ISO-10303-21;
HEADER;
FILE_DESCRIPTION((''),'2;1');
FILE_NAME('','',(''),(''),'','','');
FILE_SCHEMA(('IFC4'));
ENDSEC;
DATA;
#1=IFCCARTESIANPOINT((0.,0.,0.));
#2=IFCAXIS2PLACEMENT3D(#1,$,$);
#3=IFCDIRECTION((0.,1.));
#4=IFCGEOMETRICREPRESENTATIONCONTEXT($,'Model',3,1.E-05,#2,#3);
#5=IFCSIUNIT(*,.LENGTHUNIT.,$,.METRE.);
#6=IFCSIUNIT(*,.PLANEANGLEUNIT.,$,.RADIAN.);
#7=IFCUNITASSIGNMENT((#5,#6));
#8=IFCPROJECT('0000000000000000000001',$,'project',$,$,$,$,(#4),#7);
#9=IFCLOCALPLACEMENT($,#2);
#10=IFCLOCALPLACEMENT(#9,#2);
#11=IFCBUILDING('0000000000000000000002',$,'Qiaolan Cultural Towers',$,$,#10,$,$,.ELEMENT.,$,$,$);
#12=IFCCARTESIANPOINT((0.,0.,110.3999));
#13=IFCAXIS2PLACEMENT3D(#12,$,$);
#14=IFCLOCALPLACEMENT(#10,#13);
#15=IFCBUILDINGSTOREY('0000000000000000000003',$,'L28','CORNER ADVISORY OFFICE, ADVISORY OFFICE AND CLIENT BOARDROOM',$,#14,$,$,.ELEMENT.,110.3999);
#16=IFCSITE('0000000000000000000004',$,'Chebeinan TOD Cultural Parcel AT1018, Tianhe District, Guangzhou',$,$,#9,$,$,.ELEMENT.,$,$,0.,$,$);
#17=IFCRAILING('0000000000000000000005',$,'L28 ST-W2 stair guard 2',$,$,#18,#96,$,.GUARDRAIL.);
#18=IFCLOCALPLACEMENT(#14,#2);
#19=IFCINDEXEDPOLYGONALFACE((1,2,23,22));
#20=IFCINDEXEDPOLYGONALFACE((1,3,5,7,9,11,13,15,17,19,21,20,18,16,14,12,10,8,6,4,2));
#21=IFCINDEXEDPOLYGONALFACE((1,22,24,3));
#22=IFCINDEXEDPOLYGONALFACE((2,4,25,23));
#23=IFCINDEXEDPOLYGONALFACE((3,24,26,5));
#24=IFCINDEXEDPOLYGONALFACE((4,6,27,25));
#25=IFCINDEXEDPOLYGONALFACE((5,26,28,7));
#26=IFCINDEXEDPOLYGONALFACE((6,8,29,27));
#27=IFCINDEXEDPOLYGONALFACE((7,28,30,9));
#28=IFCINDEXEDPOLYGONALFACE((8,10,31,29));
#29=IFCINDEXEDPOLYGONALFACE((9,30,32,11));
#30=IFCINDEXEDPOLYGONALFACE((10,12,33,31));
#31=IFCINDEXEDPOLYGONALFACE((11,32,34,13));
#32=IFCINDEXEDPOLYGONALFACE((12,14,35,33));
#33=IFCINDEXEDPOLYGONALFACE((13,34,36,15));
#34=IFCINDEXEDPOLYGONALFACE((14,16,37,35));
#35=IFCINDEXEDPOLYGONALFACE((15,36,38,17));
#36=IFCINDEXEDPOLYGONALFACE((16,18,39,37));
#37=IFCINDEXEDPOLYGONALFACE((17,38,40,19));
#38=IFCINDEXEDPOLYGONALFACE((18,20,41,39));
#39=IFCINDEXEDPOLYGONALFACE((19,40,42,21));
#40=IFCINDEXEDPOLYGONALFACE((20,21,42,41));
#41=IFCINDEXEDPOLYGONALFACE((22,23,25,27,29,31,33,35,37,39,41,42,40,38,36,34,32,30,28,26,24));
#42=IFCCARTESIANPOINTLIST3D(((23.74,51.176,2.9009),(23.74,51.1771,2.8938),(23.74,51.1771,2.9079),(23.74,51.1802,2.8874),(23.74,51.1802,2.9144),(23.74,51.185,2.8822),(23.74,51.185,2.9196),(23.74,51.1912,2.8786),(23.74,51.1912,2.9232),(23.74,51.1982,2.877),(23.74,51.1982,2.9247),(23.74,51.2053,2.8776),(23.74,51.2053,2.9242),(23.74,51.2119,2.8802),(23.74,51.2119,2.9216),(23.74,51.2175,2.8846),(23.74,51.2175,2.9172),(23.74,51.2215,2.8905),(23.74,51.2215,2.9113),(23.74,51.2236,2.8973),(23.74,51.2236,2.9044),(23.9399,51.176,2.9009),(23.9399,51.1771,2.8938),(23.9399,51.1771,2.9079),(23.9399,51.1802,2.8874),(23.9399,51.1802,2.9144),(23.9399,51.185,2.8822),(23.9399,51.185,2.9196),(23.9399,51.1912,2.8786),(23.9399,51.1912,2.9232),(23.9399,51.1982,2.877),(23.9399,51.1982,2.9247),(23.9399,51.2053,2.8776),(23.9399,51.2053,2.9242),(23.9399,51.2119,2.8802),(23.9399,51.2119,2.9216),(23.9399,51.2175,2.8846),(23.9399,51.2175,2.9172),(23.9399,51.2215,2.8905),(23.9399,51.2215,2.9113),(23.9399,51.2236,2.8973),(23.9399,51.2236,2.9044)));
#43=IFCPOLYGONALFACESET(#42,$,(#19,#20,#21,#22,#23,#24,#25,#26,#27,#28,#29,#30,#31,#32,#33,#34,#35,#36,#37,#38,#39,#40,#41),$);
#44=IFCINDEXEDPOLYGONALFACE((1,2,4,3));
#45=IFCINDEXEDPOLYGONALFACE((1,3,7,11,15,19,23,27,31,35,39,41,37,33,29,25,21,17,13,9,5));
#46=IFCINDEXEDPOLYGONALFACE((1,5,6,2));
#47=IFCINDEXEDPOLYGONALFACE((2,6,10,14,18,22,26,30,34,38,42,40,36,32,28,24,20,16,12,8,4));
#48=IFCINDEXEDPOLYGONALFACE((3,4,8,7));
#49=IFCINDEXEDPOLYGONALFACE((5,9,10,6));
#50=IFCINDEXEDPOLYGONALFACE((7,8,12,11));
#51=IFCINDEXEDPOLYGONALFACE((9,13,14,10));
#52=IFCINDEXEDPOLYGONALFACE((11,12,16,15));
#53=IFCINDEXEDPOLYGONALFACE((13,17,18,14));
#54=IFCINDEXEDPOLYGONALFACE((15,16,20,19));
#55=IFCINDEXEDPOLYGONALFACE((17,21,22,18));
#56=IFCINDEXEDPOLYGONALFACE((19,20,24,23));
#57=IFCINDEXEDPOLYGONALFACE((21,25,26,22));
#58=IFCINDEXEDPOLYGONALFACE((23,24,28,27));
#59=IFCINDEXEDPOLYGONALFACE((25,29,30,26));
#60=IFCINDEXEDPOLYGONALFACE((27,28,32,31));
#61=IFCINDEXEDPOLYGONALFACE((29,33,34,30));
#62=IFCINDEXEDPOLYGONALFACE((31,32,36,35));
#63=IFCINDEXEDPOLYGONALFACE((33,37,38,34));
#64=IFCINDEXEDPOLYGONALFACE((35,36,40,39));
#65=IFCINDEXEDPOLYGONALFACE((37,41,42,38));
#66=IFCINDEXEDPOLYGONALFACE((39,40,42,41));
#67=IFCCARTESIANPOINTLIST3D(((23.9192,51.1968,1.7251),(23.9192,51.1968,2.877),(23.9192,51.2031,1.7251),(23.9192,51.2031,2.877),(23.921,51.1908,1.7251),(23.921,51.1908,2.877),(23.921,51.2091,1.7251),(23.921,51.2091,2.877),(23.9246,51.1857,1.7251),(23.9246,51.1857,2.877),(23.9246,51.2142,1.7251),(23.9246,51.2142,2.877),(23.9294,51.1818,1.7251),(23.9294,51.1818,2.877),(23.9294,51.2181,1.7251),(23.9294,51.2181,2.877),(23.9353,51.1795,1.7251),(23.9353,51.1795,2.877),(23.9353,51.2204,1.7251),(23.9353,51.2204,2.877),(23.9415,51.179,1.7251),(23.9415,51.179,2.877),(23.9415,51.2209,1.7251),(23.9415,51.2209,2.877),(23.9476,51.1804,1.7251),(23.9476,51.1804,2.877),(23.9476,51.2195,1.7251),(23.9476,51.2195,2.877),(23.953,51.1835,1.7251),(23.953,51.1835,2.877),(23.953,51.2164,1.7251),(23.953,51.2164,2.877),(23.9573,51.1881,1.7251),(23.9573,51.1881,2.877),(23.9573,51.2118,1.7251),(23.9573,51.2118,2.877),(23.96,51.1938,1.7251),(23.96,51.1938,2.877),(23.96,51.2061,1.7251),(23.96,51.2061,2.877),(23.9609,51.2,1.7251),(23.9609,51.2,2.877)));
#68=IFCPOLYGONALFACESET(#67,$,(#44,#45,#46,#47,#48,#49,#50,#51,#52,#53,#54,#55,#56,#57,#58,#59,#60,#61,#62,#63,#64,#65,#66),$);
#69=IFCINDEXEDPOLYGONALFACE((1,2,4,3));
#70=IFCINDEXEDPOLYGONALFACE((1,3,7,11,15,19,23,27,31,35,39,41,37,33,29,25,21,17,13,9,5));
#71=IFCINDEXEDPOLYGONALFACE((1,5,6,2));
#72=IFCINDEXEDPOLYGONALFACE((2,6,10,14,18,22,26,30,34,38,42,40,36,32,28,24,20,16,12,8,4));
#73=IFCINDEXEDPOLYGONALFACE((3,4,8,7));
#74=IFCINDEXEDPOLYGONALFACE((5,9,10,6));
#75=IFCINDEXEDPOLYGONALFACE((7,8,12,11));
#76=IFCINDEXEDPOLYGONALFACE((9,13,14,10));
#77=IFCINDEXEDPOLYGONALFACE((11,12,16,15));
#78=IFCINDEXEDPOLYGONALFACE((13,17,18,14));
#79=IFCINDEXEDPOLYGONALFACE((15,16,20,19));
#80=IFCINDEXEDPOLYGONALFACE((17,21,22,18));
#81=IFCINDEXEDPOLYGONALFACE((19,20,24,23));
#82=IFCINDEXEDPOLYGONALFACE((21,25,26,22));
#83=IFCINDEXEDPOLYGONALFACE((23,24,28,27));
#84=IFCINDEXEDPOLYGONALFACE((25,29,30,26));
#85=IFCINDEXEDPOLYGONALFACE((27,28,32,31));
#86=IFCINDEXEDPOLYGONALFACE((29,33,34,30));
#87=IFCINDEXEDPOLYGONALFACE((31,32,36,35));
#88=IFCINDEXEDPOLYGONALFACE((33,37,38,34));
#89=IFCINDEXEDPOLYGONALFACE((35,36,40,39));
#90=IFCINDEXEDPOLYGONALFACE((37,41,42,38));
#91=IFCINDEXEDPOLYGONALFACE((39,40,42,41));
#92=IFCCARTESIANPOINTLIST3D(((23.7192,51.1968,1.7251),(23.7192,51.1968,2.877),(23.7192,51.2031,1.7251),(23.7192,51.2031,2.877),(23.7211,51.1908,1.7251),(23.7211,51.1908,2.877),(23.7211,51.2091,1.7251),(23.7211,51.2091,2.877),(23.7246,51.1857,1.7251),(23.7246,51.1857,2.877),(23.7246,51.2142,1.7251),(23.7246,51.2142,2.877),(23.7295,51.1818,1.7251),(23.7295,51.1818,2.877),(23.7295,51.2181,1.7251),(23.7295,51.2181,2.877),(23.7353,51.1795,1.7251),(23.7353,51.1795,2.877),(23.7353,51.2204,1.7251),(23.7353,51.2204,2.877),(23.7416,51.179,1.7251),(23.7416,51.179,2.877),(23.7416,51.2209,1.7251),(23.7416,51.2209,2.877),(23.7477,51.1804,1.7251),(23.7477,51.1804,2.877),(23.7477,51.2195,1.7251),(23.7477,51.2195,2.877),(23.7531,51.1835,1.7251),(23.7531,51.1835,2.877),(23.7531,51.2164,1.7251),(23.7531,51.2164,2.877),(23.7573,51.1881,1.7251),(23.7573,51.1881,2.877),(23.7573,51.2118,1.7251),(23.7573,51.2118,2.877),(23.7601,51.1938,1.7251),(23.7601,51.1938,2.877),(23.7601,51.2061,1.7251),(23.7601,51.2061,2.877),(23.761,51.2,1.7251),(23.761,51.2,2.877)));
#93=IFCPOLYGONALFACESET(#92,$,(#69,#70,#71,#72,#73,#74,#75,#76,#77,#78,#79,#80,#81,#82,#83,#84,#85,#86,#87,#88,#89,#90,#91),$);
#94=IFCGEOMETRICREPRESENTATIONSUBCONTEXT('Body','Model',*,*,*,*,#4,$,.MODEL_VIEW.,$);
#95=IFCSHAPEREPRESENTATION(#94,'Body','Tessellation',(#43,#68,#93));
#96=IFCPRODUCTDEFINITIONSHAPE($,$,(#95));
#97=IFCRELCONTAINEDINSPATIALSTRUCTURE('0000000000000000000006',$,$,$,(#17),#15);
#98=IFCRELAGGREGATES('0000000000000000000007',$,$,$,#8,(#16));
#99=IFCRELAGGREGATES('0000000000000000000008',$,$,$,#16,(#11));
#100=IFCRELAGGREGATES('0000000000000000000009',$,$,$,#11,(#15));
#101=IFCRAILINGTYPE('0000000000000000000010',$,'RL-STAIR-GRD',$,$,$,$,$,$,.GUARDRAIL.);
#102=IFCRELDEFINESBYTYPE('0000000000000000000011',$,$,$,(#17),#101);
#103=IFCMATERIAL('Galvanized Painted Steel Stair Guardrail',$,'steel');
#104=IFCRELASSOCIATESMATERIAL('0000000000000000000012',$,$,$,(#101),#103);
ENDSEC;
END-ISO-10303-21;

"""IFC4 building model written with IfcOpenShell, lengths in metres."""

from ifc_helpers import new_model, si_unit, direction, frame, origin, origin_2d, place, context, subcontext, project, spatial, circle, extrude, material, type_object, element, save


model = new_model("IFC4")

# Units and contexts
model_context = context("Model", 3, precision=1e-05, world=origin(), true_north=direction((0.0, 1.0)))
body_context = subcontext(model_context, "Body", "Model", "MODEL_VIEW")
ifc_project = project(units=[si_unit("LENGTHUNIT", "METRE"), si_unit("PLANEANGLEUNIT", "RADIAN")], contexts=[model_context])

# Site, building, storey
site_placement = place(None, origin())
site = spatial("IfcSite", under=ifc_project, at=site_placement, Name="Chebeinan TOD Cultural Parcel AT1018, Tianhe District, Guangzhou", CompositionType="ELEMENT", RefElevation=0.0)
building_placement = place(site_placement, origin())
building = spatial("IfcBuilding", under=site, at=building_placement, Name="Qiaolan Cultural Towers", CompositionType="ELEMENT")
storey_placement = place(building_placement, frame((0.0, 0.0, 110.3999)))
storey = spatial("IfcBuildingStorey", under=building, at=storey_placement, Name="L28", Description="CORNER ADVISORY OFFICE, ADVISORY OFFICE AND CLIENT BOARDROOM", CompositionType="ELEMENT", Elevation=110.3999)

# Railing
ifc_material_1 = material(Name="Galvanized Painted Steel Stair Guardrail", Category="steel")
railing_type_1 = type_object("IfcRailingType", Name="RL-STAIR-GRD", PredefinedType="GUARDRAIL", material=ifc_material_1)
railing_1_placement = place(storey_placement, frame((23.9399, 51.2, 1.7251)))
element("IfcRailing", 1, at=railing_1_placement, inside=storey, type_object=railing_type_1, Name="L28 ST-W2 stair guard 2", PredefinedType="GUARDRAIL", context=body_context, shape_type="SweptSolid", body=[
    extrude(circle(Radius=0.0239, at=origin_2d()), frame((0.0, 0.0, 1.1758), z_axis=(-1.0, 0.0, 0.0), x_axis=(0.0, -1.0, 0.0)), (0.0, 0.0, 1.0), 0.2),
    extrude(circle(Radius=0.021, at=origin_2d()), origin(), (0.0, 0.0, 1.0), 1.1519),
    extrude(circle(Radius=0.021, at=origin_2d()), frame((-0.2, 0.0, 0.0)), (0.0, 0.0, 1.0), 1.1519),
])

save(model, "model.ifc")
